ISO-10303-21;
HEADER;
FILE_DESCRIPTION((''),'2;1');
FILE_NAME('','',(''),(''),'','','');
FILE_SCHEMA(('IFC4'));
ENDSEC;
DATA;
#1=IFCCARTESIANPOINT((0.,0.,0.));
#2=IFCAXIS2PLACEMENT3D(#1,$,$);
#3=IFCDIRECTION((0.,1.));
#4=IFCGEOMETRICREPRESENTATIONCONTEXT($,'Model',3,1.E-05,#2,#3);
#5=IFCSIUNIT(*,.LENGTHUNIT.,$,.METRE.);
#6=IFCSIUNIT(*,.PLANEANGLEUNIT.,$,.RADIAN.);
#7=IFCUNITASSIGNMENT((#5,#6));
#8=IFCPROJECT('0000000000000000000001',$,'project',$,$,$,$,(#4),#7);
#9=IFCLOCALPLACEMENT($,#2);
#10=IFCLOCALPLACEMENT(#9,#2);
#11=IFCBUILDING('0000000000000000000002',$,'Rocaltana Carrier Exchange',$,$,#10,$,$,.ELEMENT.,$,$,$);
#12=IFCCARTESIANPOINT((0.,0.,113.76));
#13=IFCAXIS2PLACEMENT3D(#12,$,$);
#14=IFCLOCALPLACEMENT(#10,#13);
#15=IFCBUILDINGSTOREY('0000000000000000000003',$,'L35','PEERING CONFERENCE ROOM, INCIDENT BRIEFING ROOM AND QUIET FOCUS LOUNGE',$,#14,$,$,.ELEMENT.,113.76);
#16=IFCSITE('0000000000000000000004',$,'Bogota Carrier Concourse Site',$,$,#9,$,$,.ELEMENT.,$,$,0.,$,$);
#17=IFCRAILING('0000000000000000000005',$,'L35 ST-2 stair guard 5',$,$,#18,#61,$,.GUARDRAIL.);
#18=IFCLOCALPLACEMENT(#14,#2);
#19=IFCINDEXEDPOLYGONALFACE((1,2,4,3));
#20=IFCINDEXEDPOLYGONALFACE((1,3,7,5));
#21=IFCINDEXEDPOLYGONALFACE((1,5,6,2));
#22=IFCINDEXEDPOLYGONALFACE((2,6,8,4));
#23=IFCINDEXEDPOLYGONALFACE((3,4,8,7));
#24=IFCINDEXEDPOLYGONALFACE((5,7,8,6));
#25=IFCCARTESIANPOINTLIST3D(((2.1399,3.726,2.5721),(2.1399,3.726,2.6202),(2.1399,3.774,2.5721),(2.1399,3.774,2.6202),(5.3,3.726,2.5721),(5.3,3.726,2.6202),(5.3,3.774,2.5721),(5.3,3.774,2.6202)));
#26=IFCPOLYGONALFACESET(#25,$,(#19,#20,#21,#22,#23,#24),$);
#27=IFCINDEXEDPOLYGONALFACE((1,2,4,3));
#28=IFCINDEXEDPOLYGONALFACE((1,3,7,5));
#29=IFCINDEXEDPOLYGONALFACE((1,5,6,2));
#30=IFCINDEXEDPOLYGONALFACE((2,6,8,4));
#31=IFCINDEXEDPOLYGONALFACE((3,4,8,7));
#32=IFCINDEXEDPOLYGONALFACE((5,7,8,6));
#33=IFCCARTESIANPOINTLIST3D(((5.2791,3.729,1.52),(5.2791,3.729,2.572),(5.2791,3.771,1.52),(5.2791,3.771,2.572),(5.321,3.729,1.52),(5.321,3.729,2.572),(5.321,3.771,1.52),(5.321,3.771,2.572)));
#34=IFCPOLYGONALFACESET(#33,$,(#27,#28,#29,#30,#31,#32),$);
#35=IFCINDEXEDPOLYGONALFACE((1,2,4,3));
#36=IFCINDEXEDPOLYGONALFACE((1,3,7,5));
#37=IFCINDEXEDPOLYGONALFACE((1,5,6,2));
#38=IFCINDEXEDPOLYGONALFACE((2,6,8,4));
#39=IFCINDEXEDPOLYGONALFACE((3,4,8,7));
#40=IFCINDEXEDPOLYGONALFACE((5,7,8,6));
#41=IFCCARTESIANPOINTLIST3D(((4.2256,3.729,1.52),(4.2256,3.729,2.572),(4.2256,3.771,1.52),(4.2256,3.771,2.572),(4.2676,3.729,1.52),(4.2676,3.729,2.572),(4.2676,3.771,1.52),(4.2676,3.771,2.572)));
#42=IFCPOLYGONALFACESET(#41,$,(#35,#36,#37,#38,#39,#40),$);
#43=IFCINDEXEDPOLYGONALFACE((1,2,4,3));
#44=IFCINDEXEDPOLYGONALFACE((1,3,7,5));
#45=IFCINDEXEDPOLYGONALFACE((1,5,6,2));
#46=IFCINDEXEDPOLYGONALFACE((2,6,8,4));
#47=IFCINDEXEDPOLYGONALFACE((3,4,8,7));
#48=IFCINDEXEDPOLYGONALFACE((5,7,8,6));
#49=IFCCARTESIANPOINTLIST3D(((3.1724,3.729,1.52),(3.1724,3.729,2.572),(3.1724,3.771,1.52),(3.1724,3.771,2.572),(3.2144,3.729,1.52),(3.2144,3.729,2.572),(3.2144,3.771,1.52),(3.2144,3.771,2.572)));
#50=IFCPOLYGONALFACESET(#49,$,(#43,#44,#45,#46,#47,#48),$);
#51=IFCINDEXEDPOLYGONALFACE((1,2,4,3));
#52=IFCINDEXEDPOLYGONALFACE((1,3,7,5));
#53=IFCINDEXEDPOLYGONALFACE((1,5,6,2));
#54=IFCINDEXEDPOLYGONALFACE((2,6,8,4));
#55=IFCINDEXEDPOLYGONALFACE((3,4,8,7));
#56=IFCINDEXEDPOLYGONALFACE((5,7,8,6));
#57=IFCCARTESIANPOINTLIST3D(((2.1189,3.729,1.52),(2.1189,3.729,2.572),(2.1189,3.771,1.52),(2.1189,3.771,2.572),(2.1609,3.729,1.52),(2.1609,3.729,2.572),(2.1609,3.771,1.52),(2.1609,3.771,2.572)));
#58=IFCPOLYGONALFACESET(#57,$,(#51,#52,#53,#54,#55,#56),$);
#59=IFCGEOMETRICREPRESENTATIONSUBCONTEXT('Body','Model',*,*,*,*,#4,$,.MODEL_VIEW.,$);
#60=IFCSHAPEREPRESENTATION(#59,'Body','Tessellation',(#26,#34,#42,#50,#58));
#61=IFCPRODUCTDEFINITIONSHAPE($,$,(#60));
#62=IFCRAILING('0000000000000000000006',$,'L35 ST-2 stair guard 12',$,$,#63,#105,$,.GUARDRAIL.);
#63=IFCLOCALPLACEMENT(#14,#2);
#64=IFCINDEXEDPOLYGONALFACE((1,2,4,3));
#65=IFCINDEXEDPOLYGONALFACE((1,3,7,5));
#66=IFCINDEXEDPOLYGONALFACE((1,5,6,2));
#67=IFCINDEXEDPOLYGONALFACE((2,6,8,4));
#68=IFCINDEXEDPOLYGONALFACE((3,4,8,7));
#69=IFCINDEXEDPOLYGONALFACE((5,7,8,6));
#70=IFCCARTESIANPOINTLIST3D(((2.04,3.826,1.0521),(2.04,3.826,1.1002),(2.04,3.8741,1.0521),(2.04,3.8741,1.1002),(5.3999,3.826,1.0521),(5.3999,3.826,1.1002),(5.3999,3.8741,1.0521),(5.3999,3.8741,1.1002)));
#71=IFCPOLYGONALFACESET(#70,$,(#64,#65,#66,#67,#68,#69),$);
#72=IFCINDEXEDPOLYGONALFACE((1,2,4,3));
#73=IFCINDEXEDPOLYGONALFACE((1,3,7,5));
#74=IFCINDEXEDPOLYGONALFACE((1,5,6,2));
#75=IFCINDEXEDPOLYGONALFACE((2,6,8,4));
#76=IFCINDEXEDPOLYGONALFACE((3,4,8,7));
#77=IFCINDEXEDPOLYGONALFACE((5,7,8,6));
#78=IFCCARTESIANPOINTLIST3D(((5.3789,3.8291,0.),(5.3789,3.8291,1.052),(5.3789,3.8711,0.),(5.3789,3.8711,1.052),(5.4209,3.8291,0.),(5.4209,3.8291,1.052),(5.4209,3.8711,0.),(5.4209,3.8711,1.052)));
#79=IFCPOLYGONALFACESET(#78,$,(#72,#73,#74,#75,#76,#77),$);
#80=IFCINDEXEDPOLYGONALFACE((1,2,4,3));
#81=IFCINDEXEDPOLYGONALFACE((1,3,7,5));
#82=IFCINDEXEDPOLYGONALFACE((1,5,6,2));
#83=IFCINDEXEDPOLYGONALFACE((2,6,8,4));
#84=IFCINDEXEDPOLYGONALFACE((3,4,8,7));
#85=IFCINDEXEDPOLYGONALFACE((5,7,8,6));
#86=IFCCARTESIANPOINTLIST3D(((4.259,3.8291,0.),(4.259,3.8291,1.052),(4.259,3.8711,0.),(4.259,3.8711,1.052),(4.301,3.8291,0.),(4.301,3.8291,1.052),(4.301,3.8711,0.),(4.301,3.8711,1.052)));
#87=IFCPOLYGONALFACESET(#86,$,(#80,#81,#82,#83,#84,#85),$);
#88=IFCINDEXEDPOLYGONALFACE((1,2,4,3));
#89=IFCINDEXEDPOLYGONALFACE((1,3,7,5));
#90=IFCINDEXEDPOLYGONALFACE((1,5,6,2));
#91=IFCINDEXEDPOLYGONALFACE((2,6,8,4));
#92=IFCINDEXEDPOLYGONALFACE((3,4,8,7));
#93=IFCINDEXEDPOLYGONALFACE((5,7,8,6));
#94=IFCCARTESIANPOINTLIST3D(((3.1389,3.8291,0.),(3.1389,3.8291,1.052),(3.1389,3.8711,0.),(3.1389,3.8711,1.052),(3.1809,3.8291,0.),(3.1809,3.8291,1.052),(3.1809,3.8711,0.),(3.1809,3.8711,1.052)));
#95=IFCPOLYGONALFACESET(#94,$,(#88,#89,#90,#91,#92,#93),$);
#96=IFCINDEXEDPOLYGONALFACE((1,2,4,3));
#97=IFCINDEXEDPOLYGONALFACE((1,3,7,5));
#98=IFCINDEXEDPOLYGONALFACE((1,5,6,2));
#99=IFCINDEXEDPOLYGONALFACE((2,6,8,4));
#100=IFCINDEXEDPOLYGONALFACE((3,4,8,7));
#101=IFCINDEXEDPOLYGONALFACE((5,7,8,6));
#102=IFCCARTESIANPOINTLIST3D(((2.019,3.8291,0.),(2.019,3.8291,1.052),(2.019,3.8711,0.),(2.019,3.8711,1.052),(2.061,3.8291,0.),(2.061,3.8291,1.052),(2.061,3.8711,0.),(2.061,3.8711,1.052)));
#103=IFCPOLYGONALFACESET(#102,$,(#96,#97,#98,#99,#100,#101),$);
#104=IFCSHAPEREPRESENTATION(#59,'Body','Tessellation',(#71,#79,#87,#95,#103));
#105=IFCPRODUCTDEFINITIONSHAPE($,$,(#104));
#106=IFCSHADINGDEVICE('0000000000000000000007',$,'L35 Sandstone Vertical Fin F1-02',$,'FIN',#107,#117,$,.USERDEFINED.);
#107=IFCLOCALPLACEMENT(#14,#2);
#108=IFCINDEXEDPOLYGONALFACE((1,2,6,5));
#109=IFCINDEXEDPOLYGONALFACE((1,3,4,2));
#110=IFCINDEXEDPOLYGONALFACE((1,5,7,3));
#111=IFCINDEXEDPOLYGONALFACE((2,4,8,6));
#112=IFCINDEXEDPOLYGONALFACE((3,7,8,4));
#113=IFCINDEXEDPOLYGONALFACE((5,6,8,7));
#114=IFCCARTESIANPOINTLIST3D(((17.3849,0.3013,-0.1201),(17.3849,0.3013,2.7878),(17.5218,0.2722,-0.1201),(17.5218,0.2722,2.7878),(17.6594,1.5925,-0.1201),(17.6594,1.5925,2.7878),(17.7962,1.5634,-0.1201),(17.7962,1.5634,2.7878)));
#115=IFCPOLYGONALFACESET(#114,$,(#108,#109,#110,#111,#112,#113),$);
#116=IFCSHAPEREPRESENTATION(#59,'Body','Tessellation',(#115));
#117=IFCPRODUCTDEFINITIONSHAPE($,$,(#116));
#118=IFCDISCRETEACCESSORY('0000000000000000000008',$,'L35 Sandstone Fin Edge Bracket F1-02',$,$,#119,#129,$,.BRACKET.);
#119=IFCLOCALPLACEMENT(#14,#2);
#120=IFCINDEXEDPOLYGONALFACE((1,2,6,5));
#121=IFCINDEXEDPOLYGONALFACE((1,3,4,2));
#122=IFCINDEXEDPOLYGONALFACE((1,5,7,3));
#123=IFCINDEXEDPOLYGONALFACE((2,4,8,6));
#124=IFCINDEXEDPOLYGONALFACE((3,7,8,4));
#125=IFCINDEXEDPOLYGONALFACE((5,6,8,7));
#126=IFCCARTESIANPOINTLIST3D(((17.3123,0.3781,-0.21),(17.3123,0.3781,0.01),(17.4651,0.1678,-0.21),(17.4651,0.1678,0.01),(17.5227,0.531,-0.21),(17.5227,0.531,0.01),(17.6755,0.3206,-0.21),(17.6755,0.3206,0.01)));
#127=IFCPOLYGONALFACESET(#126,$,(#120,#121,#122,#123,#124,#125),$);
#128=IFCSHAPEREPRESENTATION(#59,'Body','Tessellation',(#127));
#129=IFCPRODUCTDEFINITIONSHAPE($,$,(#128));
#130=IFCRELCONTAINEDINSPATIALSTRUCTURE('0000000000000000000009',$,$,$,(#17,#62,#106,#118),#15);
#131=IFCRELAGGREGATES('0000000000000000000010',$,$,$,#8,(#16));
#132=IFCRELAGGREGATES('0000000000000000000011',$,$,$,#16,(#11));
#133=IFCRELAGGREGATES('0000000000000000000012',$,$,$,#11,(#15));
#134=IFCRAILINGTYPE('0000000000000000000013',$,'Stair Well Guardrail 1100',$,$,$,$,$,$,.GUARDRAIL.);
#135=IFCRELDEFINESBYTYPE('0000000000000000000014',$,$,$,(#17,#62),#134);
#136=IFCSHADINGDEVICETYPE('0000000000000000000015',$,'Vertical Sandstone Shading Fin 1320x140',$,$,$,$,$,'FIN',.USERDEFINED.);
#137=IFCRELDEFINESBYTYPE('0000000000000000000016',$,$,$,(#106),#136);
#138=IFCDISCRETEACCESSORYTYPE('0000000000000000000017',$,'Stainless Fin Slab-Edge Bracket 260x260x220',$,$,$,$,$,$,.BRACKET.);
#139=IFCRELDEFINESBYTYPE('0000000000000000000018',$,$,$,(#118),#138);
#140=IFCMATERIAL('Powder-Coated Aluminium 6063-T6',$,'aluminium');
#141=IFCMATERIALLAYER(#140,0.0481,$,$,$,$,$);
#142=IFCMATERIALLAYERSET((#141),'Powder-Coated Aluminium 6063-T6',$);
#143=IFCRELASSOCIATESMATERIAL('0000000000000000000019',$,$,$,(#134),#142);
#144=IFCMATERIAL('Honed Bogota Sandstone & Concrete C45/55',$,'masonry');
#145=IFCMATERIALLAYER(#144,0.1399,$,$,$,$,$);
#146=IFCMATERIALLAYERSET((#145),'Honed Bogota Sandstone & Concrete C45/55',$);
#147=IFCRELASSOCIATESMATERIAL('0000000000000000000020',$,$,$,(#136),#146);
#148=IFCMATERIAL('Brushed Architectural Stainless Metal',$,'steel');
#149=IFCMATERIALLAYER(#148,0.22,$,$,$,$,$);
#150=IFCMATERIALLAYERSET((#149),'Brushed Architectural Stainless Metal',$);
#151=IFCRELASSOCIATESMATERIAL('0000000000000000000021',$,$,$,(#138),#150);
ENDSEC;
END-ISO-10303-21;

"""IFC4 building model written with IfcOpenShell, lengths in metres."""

from ifc_helpers import new_model, si_unit, direction, frame, origin, origin_2d, place, context, subcontext, project, spatial, rectangle, extrude, material, layer, layer_set, type_object, element, save


model = new_model("IFC4")

# Units and contexts
model_context = context("Model", 3, precision=1e-05, world=origin(), true_north=direction((0.0, 1.0)))
body_context = subcontext(model_context, "Body", "Model", "MODEL_VIEW")
ifc_project = project(units=[si_unit("LENGTHUNIT", "METRE"), si_unit("PLANEANGLEUNIT", "RADIAN")], contexts=[model_context])

# Site, building, storey
site_placement = place(None, origin())
site = spatial("IfcSite", under=ifc_project, at=site_placement, Name="Bogota Carrier Concourse Site", CompositionType="ELEMENT", RefElevation=0.0)
building_placement = place(site_placement, origin())
building = spatial("IfcBuilding", under=site, at=building_placement, Name="Rocaltana Carrier Exchange", CompositionType="ELEMENT")
storey_placement = place(building_placement, frame((0.0, 0.0, 113.76)))
storey = spatial("IfcBuildingStorey", under=building, at=storey_placement, Name="L35", Description="PEERING CONFERENCE ROOM, INCIDENT BRIEFING ROOM AND QUIET FOCUS LOUNGE", CompositionType="ELEMENT", Elevation=113.76)

# Railings
ifc_material_1 = material(Name="Powder-Coated Aluminium 6063-T6", Category="aluminium")
ifc_layer_1 = layer(ifc_material_1, 0.0481)
ifc_layer_set_1 = layer_set([ifc_layer_1], Name="Powder-Coated Aluminium 6063-T6")
railing_type = type_object("IfcRailingType", Name="Stair Well Guardrail 1100", PredefinedType="GUARDRAIL", material=ifc_layer_set_1)
railing_1_placement = place(storey_placement, frame((5.3, 3.75, 1.52)))
element("IfcRailing", 1, at=railing_1_placement, inside=storey, type_object=railing_type, Name="L35 ST-2 stair guard 5", PredefinedType="GUARDRAIL", context=body_context, shape_type="SweptSolid", body=[
    extrude(rectangle(XDim=0.0481, YDim=0.0481, at=origin_2d()), frame((0.0, 0.0, 1.0762), z_axis=(-1.0, 0.0, 0.0), x_axis=(0.0, -1.0, 0.0)), (0.0, 0.0, 1.0), 3.1602),
    extrude(rectangle(XDim=0.042, YDim=0.042, at=origin_2d()), origin(), (0.0, 0.0, 1.0), 1.052),
    extrude(rectangle(XDim=0.042, YDim=0.042, at=origin_2d()), frame((-1.0535, 0.0, 0.0)), (0.0, 0.0, 1.0), 1.052),
    extrude(rectangle(XDim=0.042, YDim=0.042, at=origin_2d()), frame((-2.1067, 0.0, 0.0)), (0.0, 0.0, 1.0), 1.052),
    extrude(rectangle(XDim=0.042, YDim=0.042, at=origin_2d()), frame((-3.1602, 0.0, 0.0)), (0.0, 0.0, 1.0), 1.052),
])
railing_2_placement = place(storey_placement, frame((5.3999, 3.8501, 0.0)))
element("IfcRailing", 2, at=railing_2_placement, inside=storey, type_object=railing_type, Name="L35 ST-2 stair guard 12", PredefinedType="GUARDRAIL", context=body_context, shape_type="SweptSolid", body=[
    extrude(rectangle(XDim=0.0481, YDim=0.0481, at=origin_2d()), frame((0.0, 0.0, 1.0762), z_axis=(-1.0, 0.0, 0.0), x_axis=(0.0, -1.0, 0.0)), (0.0, 0.0, 1.0), 3.3599),
    extrude(rectangle(XDim=0.042, YDim=0.042, at=origin_2d()), origin(), (0.0, 0.0, 1.0), 1.052),
    extrude(rectangle(XDim=0.042, YDim=0.042, at=origin_2d()), frame((-1.1199, 0.0, 0.0)), (0.0, 0.0, 1.0), 1.052),
    extrude(rectangle(XDim=0.042, YDim=0.042, at=origin_2d()), frame((-2.24, 0.0, 0.0)), (0.0, 0.0, 1.0), 1.052),
    extrude(rectangle(XDim=0.042, YDim=0.042, at=origin_2d()), frame((-3.3599, 0.0, 0.0)), (0.0, 0.0, 1.0), 1.052),
])

# Shading device
ifc_material_2 = material(Name="Honed Bogota Sandstone & Concrete C45/55", Category="masonry")
ifc_layer_2 = layer(ifc_material_2, 0.1399)
ifc_layer_set_2 = layer_set([ifc_layer_2], Name="Honed Bogota Sandstone & Concrete C45/55")
shading_device_type = type_object("IfcShadingDeviceType", Name="Vertical Sandstone Shading Fin 1320x140", ElementType="FIN", PredefinedType="USERDEFINED", material=ifc_layer_set_2)
shading_device_placement = place(storey_placement, frame((17.5906, 0.9324, -0.1201), z_axis=(0.0, 0.0, 1.0), x_axis=(0.207912, 0.978148, 0.0)))
element("IfcShadingDevice", 3, at=shading_device_placement, inside=storey, type_object=shading_device_type, Name="L35 Sandstone Vertical Fin F1-02", ObjectType="FIN", PredefinedType="USERDEFINED", context=body_context, shape_type="SweptSolid", body=[
    extrude(rectangle(XDim=1.3201, YDim=0.1399, at=origin_2d()), origin(), (0.0, 0.0, 1.0), 2.908),
])

# Discrete accessory
ifc_material_3 = material(Name="Brushed Architectural Stainless Metal", Category="steel")
ifc_layer_3 = layer(ifc_material_3, 0.22)
ifc_layer_set_3 = layer_set([ifc_layer_3], Name="Brushed Architectural Stainless Metal")
discrete_accessory_type = type_object("IfcDiscreteAccessoryType", Name="Stainless Fin Slab-Edge Bracket 260x260x220", PredefinedType="BRACKET", material=ifc_layer_set_3)
discrete_accessory_placement = place(storey_placement, frame((17.4939, 0.3494, -0.21), z_axis=(0.0, 0.0, 1.0), x_axis=(-0.587785, 0.809017, 0.0)))
element("IfcDiscreteAccessory", 4, at=discrete_accessory_placement, inside=storey, type_object=discrete_accessory_type, Name="L35 Sandstone Fin Edge Bracket F1-02", PredefinedType="BRACKET", context=body_context, shape_type="SweptSolid", body=[
    extrude(rectangle(XDim=0.26, YDim=0.26, at=origin_2d()), origin(), (0.0, 0.0, 1.0), 0.22),
])

save(model, "model.ifc")
